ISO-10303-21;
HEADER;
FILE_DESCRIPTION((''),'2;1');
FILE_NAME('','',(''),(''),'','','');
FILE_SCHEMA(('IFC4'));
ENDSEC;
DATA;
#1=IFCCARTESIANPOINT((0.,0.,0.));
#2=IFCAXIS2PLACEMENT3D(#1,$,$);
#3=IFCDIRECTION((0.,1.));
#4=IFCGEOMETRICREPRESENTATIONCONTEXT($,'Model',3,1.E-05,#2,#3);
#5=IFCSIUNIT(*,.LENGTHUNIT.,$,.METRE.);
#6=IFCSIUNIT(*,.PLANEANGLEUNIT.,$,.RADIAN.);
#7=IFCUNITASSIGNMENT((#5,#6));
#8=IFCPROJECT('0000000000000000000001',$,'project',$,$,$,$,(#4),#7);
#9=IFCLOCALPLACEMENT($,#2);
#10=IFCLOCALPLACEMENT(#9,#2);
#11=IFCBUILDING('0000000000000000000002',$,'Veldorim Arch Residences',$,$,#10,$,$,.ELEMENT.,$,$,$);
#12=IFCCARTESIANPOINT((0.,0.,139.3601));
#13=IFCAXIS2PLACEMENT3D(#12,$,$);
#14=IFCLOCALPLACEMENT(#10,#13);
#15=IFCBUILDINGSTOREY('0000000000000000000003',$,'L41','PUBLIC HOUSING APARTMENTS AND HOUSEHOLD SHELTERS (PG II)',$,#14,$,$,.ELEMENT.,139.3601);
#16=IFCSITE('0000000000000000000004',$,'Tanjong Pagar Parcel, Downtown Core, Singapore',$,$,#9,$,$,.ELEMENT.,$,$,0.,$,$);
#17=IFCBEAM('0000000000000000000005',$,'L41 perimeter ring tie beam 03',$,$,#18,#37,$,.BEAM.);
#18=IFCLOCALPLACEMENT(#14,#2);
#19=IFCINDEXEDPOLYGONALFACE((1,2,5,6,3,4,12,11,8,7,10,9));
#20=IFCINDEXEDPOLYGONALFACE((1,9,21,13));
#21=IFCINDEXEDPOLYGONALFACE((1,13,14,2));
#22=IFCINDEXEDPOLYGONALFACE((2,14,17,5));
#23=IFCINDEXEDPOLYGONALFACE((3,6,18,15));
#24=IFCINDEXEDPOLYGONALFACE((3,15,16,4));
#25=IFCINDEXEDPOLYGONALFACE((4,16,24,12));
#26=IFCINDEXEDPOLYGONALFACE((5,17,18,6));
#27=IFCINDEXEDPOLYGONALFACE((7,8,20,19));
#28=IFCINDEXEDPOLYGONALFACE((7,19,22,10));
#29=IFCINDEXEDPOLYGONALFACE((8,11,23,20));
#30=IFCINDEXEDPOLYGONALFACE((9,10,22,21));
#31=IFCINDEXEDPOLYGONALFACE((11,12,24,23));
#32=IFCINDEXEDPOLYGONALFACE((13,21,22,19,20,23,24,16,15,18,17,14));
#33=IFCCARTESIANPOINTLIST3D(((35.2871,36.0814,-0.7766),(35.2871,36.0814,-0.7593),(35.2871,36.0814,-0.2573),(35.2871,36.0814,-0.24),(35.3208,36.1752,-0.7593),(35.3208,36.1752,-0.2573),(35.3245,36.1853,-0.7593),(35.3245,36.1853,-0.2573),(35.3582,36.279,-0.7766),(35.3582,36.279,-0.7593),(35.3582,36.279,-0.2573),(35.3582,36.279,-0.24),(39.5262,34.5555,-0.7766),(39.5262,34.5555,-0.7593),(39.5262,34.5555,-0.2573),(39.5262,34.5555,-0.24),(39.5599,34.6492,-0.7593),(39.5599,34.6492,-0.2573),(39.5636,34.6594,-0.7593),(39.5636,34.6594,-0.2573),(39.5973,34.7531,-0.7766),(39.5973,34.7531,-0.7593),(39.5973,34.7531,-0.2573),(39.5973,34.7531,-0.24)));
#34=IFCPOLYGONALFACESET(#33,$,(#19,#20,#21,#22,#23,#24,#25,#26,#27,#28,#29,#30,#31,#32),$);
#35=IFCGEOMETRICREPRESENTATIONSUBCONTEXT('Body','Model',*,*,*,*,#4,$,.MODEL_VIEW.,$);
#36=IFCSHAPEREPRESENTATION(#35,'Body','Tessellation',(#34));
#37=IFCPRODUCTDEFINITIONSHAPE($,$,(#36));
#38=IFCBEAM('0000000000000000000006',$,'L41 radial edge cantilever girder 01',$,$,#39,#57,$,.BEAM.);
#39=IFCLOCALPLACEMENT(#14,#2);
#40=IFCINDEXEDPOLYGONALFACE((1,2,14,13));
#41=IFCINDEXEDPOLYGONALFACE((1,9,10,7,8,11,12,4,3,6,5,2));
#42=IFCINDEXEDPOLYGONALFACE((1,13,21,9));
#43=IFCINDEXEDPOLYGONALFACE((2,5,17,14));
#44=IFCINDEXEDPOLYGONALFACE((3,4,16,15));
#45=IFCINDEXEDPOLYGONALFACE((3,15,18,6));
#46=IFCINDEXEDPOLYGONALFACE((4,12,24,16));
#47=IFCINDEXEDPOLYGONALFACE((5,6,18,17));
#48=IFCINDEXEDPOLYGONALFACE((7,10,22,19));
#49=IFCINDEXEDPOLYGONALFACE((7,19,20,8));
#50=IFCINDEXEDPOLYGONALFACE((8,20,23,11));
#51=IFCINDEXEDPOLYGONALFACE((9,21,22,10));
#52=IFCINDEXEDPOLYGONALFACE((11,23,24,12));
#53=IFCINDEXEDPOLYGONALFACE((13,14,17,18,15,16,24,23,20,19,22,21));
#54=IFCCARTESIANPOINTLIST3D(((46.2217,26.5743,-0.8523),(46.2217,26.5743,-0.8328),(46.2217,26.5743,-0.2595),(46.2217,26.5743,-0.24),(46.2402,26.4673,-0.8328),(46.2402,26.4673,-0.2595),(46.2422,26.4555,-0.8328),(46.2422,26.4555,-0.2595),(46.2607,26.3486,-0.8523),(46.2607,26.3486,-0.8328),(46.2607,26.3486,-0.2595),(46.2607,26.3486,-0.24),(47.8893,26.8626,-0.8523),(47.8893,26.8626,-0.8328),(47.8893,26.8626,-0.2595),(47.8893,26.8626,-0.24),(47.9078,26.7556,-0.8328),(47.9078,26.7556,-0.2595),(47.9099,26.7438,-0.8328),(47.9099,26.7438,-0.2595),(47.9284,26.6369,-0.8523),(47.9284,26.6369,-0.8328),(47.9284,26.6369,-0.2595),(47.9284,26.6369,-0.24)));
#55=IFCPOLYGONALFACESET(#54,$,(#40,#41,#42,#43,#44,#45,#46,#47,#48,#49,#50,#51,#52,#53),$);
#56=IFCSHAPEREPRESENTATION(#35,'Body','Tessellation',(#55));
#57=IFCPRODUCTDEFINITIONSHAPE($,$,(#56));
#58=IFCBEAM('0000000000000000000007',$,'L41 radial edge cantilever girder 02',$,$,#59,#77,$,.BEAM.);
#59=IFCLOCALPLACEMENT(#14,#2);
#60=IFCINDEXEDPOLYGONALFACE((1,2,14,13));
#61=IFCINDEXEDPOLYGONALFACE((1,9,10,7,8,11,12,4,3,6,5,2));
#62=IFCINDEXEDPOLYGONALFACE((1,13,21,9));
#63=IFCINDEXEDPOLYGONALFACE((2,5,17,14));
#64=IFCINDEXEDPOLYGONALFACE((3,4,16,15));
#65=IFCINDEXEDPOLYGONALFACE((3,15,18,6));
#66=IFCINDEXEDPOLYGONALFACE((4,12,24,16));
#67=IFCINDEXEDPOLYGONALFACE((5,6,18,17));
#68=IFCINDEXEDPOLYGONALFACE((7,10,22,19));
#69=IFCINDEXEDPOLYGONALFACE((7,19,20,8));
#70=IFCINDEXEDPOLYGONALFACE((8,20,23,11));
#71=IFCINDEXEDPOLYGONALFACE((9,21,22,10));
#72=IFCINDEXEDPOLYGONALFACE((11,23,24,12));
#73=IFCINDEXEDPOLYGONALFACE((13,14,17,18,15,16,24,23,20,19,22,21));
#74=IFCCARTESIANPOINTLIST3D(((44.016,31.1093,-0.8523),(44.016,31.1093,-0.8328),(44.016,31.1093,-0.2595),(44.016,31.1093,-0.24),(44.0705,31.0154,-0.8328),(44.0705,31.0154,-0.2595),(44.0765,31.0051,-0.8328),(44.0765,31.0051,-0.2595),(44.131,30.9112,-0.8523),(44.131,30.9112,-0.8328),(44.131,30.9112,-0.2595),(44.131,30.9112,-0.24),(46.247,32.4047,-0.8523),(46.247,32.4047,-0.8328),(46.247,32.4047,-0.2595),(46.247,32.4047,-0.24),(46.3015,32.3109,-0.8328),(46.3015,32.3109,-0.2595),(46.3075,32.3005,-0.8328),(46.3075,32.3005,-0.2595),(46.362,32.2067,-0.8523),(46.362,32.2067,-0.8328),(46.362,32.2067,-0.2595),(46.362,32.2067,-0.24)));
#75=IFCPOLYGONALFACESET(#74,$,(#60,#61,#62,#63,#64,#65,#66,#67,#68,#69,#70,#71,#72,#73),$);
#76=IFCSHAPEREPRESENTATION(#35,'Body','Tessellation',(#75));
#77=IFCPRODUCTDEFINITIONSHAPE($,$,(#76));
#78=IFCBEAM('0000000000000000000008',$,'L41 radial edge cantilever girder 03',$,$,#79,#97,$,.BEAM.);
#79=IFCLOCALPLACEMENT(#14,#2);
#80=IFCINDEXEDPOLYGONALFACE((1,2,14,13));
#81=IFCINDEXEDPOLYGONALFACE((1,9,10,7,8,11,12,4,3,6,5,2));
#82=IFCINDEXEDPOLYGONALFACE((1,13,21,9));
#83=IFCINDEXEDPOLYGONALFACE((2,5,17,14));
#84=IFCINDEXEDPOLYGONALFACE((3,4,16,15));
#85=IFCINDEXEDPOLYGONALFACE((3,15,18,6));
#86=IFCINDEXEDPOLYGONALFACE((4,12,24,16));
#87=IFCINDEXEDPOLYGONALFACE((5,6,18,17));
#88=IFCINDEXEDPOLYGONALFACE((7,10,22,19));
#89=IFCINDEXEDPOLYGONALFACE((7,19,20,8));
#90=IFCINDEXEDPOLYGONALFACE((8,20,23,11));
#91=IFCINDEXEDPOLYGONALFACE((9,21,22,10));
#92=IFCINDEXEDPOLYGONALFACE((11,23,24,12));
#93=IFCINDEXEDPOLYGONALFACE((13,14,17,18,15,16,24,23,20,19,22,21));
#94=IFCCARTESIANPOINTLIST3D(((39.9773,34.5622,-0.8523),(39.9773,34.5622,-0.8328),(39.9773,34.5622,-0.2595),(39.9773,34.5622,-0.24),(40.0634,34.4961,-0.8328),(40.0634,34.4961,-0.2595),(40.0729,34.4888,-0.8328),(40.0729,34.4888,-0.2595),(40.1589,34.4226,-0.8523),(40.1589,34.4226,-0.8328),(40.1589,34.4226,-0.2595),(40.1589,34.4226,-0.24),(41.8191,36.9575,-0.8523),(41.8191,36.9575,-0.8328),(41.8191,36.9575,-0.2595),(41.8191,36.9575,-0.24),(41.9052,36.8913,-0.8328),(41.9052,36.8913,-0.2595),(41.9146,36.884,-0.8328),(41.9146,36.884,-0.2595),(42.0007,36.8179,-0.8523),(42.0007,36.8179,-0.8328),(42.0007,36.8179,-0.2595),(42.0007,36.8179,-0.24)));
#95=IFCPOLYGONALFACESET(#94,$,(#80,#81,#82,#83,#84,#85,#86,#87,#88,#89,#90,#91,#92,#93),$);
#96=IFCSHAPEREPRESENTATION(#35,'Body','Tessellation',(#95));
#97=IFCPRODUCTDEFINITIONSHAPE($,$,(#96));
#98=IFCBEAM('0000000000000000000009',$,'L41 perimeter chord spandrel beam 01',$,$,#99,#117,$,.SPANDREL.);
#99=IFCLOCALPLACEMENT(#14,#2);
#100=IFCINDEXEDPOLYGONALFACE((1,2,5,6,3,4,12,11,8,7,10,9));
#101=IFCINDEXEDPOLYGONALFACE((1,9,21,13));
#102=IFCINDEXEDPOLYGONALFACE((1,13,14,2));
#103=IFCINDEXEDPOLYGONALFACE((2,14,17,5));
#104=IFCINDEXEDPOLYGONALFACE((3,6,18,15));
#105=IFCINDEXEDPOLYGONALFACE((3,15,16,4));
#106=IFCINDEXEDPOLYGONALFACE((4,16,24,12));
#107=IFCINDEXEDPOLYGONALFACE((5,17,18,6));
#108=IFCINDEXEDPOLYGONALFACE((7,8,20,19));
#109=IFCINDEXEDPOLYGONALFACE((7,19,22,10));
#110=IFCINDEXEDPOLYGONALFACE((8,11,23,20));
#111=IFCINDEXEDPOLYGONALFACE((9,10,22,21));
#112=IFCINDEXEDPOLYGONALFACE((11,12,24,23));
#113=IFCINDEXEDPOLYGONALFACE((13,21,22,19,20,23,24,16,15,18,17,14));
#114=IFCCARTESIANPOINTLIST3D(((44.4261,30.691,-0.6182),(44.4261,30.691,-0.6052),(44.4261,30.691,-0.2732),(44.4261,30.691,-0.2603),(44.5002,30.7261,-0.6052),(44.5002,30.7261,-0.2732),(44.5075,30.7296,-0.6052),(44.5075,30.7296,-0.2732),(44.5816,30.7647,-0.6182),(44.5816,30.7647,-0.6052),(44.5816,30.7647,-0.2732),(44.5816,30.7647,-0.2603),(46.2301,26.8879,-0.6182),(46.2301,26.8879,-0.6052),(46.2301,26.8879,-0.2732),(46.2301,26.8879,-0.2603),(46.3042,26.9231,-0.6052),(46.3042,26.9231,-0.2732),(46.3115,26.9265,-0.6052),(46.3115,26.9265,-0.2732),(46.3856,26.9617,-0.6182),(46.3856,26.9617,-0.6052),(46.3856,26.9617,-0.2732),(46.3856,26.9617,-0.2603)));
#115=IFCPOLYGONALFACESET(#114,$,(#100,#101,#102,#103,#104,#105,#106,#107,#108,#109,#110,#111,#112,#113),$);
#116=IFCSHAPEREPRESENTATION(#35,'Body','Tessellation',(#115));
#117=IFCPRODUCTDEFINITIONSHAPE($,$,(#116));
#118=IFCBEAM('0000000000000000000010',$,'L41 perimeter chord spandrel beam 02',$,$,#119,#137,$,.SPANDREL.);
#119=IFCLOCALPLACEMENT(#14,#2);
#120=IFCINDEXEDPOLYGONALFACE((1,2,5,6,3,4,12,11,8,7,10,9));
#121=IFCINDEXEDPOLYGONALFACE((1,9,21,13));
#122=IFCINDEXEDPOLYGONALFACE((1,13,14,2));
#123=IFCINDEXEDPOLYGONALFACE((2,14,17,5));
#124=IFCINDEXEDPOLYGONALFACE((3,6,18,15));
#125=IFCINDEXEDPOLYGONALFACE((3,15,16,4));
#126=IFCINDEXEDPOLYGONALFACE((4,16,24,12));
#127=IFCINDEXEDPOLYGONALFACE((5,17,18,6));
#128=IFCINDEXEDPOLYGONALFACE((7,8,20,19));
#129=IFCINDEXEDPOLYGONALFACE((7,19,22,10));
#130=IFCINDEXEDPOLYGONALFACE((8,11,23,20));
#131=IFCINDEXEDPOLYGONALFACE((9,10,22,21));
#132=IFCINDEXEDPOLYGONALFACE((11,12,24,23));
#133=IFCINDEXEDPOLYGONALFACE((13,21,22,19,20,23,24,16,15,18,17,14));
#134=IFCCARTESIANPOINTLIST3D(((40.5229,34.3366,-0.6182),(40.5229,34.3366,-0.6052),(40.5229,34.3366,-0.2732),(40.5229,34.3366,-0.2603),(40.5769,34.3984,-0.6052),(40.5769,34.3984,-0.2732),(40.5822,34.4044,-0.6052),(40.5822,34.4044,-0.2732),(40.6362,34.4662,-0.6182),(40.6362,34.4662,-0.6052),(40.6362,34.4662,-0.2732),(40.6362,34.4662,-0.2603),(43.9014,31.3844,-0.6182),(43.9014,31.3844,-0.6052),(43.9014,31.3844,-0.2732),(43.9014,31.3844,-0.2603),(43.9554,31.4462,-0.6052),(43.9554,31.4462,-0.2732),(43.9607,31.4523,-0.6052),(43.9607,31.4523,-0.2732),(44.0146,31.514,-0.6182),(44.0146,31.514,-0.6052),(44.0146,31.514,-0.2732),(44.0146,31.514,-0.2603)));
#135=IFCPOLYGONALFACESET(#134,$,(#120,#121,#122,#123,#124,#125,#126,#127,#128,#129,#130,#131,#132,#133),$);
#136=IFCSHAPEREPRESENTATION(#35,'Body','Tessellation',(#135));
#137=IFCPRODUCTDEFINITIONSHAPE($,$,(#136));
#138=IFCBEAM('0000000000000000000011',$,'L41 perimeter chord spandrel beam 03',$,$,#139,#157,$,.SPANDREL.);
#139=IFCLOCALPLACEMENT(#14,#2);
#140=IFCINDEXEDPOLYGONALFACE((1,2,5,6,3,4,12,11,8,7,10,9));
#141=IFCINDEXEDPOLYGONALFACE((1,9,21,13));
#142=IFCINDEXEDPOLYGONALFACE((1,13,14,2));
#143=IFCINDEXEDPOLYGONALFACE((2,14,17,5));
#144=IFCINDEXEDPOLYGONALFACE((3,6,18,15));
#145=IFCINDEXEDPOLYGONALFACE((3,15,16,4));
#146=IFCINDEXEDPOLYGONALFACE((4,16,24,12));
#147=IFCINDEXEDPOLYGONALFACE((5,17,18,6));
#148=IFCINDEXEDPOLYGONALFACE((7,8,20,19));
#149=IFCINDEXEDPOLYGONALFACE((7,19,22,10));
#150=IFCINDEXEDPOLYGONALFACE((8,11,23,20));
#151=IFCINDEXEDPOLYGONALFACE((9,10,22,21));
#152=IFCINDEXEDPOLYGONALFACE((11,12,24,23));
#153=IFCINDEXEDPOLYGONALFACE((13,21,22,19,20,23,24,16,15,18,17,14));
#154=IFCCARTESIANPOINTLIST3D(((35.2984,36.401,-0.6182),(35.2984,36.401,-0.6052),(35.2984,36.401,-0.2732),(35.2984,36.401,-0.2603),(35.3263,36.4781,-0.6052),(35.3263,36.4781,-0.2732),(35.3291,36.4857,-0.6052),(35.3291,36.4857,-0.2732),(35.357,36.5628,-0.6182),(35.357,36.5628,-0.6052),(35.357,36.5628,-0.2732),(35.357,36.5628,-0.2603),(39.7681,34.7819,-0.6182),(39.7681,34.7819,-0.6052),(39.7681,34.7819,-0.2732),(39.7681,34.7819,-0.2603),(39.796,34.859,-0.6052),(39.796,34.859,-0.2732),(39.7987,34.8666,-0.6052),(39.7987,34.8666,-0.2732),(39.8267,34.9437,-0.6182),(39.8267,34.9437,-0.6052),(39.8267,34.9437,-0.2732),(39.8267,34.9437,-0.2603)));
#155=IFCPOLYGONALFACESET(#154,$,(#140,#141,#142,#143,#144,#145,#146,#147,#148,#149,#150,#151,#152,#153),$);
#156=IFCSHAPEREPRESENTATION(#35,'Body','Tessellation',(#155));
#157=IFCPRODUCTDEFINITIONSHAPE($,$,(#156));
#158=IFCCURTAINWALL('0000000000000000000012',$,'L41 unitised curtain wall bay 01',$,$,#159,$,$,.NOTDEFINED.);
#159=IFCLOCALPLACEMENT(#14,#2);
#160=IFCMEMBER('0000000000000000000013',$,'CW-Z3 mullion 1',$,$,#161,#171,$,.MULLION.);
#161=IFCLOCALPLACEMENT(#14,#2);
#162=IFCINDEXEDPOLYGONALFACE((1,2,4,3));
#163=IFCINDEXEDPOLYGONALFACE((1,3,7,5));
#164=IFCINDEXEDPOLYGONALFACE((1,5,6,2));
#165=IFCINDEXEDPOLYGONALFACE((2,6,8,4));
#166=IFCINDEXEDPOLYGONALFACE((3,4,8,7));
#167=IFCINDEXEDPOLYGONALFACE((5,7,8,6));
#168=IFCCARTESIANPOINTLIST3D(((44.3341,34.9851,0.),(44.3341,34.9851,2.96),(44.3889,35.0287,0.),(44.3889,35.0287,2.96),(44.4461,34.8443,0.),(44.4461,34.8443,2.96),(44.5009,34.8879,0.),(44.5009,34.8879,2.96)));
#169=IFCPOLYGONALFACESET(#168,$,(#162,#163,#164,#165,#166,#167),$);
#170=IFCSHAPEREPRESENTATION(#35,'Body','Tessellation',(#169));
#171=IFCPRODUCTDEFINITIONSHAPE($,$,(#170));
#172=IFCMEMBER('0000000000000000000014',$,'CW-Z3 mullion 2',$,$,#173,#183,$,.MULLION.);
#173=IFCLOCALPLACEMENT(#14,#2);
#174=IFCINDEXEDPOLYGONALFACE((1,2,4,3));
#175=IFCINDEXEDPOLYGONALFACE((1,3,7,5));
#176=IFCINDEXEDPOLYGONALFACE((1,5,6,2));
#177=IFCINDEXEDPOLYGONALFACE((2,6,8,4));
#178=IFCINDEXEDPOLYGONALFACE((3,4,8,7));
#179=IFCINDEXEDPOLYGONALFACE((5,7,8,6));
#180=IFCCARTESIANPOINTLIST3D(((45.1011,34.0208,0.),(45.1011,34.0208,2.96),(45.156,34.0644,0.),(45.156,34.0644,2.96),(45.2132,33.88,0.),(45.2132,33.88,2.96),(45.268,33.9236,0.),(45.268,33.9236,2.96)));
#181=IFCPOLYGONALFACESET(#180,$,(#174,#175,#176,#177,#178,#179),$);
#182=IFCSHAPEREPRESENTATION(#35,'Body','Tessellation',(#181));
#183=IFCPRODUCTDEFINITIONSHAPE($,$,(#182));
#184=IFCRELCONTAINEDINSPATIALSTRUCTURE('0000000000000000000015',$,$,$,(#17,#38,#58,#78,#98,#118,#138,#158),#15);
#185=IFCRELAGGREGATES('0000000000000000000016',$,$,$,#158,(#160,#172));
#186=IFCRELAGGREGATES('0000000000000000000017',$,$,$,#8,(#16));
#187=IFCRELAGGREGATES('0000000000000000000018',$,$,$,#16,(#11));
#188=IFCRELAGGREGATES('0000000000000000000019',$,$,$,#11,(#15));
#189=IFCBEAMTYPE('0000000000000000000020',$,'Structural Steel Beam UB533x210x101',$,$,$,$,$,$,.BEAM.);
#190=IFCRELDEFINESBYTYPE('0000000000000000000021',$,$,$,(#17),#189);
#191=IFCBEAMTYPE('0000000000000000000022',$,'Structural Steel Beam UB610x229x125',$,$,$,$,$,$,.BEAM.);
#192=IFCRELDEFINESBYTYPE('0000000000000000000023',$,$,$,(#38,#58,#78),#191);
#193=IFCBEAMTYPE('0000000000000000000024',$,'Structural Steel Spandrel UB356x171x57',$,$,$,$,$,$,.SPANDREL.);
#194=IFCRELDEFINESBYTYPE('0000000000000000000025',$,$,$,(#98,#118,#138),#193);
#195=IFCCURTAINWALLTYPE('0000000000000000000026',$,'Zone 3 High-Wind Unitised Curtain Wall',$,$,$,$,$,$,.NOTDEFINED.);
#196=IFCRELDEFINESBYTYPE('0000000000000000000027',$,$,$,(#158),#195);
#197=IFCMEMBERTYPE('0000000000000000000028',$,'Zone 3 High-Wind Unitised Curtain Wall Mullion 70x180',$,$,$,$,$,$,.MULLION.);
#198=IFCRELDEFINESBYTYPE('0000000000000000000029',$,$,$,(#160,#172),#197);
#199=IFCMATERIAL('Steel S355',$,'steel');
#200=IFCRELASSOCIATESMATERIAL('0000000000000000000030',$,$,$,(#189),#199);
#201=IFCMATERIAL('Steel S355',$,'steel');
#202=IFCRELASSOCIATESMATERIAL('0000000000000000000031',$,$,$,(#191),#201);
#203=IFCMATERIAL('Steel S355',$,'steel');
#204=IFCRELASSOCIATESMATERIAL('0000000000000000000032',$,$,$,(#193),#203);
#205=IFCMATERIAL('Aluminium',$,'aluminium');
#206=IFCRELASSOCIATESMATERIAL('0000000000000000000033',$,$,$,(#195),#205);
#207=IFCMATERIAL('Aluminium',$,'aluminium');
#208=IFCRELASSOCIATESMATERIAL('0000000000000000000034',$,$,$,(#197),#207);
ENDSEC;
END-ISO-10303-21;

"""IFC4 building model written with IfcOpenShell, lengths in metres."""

from ifc_helpers import new_model, si_unit, direction, frame, origin, origin_2d, place, context, subcontext, project, spatial, rectangle, i_section, extrude, material, material_profile, profile_set, type_object, element, aggregate, save


model = new_model("IFC4")

# Units and contexts
model_context = context("Model", 3, precision=1e-05, world=origin(), true_north=direction((0.0, 1.0)))
body_context = subcontext(model_context, "Body", "Model", "MODEL_VIEW")
ifc_project = project(units=[si_unit("LENGTHUNIT", "METRE"), si_unit("PLANEANGLEUNIT", "RADIAN")], contexts=[model_context])

# Site, building, storey
site_placement = place(None, origin())
site = spatial("IfcSite", under=ifc_project, at=site_placement, Name="Tanjong Pagar Parcel, Downtown Core, Singapore", CompositionType="ELEMENT", RefElevation=0.0)
building_placement = place(site_placement, origin())
building = spatial("IfcBuilding", under=site, at=building_placement, Name="Veldorim Arch Residences", CompositionType="ELEMENT")
storey_placement = place(building_placement, frame((0.0, 0.0, 139.3601)))
storey = spatial("IfcBuildingStorey", under=building, at=storey_placement, Name="L41", Description="PUBLIC HOUSING APARTMENTS AND HOUSEHOLD SHELTERS (PG II)", CompositionType="ELEMENT", Elevation=139.3601)

# Beams
ifc_material_1 = material(Name="Steel S355", Category="steel")
ifc_material_profile_1 = material_profile(ifc_material_1, i_section(OverallWidth=0.21, OverallDepth=0.5366, WebThickness=0.0107, FlangeThickness=0.0173, at=origin_2d()), Name="UB533x210x101")
ifc_profile_set_1 = profile_set([ifc_material_profile_1], Name="Steel S355")
beam_type_1 = type_object("IfcBeamType", Name="Structural Steel Beam UB533x210x101", PredefinedType="BEAM", material=ifc_profile_set_1)
beam_1_placement = place(storey_placement, frame((39.5618, 34.6543, -0.5083), z_axis=(-0.940899, 0.338687, 0.0), x_axis=(-0.338687, -0.940899, 0.0)))
element("IfcBeam", 1, at=beam_1_placement, inside=storey, type_object=beam_type_1, Name="L41 perimeter ring tie beam 03", PredefinedType="BEAM", context=body_context, shape_type="SweptSolid", body=[
    extrude(i_section(OverallWidth=0.21, OverallDepth=0.5366, WebThickness=0.0107, FlangeThickness=0.0173, at=origin_2d()), origin(), (0.0, 0.0, 1.0), 4.5054),
])
ifc_material_2 = material(Name="Steel S355", Category="steel")
ifc_material_profile_2 = material_profile(ifc_material_2, i_section(OverallWidth=0.229, OverallDepth=0.6123, WebThickness=0.012, FlangeThickness=0.0195, at=origin_2d()), Name="UB610x229x125")
ifc_profile_set_2 = profile_set([ifc_material_profile_2], Name="Steel S355")
beam_type_2 = type_object("IfcBeamType", Name="Structural Steel Beam UB610x229x125", PredefinedType="BEAM", material=ifc_profile_set_2)
beam_2_placement = place(storey_placement, frame((46.2412, 26.4614, -0.5461), z_axis=(0.985382, 0.170361, 0.0), x_axis=(-0.170361, 0.985382, 0.0)))
element("IfcBeam", 2, at=beam_2_placement, inside=storey, type_object=beam_type_2, Name="L41 radial edge cantilever girder 01", PredefinedType="BEAM", context=body_context, shape_type="SweptSolid", body=[
    extrude(i_section(OverallWidth=0.229, OverallDepth=0.6123, WebThickness=0.012, FlangeThickness=0.0195, at=origin_2d()), origin(), (0.0, 0.0, 1.0), 1.6924),
])
beam_3_placement = place(storey_placement, frame((44.0735, 31.0103, -0.5461), z_axis=(0.864786, 0.50214, 0.0), x_axis=(-0.50214, 0.864786, 0.0)))
element("IfcBeam", 3, at=beam_3_placement, inside=storey, type_object=beam_type_2, Name="L41 radial edge cantilever girder 02", PredefinedType="BEAM", context=body_context, shape_type="SweptSolid", body=[
    extrude(i_section(OverallWidth=0.229, OverallDepth=0.6123, WebThickness=0.012, FlangeThickness=0.0195, at=origin_2d()), origin(), (0.0, 0.0, 1.0), 2.5798),
])
beam_4_placement = place(storey_placement, frame((40.0681, 34.4924, -0.5461), z_axis=(0.609562, 0.792738, 0.0), x_axis=(-0.792738, 0.609562, 0.0)))
element("IfcBeam", 4, at=beam_4_placement, inside=storey, type_object=beam_type_2, Name="L41 radial edge cantilever girder 03", PredefinedType="BEAM", context=body_context, shape_type="SweptSolid", body=[
    extrude(i_section(OverallWidth=0.229, OverallDepth=0.6123, WebThickness=0.012, FlangeThickness=0.0195, at=origin_2d()), origin(), (0.0, 0.0, 1.0), 3.0215),
])
ifc_material_3 = material(Name="Steel S355", Category="steel")
ifc_material_profile_3 = material_profile(ifc_material_3, i_section(OverallWidth=0.1721, OverallDepth=0.3579, WebThickness=0.0081, FlangeThickness=0.0129, at=origin_2d()), Name="UB356x171x57")
ifc_profile_set_3 = profile_set([ifc_material_profile_3], Name="Steel S355")
beam_type_3 = type_object("IfcBeamType", Name="Structural Steel Spandrel UB356x171x57", PredefinedType="SPANDREL", material=ifc_profile_set_3)
beam_5_placement = place(storey_placement, frame((46.3079, 26.9248, -0.4392), z_axis=(-0.42858, 0.903504, 0.0), x_axis=(-0.903504, -0.42858, 0.0)))
element("IfcBeam", 5, at=beam_5_placement, inside=storey, type_object=beam_type_3, Name="L41 perimeter chord spandrel beam 01", PredefinedType="SPANDREL", context=body_context, shape_type="SweptSolid", body=[
    extrude(i_section(OverallWidth=0.1721, OverallDepth=0.3579, WebThickness=0.0081, FlangeThickness=0.0129, at=origin_2d()), origin(), (0.0, 0.0, 1.0), 4.2092),
])
beam_6_placement = place(storey_placement, frame((43.958, 31.4492, -0.4392), z_axis=(-0.753015, 0.658004, 0.0), x_axis=(-0.658004, -0.753015, 0.0)))
element("IfcBeam", 6, at=beam_6_placement, inside=storey, type_object=beam_type_3, Name="L41 perimeter chord spandrel beam 02", PredefinedType="SPANDREL", context=body_context, shape_type="SweptSolid", body=[
    extrude(i_section(OverallWidth=0.1721, OverallDepth=0.3579, WebThickness=0.0081, FlangeThickness=0.0129, at=origin_2d()), origin(), (0.0, 0.0, 1.0), 4.4866),
])
beam_7_placement = place(storey_placement, frame((39.7974, 34.8628, -0.4392), z_axis=(-0.940213, 0.340588, 0.0), x_axis=(-0.340588, -0.940213, 0.0)))
element("IfcBeam", 7, at=beam_7_placement, inside=storey, type_object=beam_type_3, Name="L41 perimeter chord spandrel beam 03", PredefinedType="SPANDREL", context=body_context, shape_type="SweptSolid", body=[
    extrude(i_section(OverallWidth=0.1721, OverallDepth=0.3579, WebThickness=0.0081, FlangeThickness=0.0129, at=origin_2d()), origin(), (0.0, 0.0, 1.0), 4.7539),
])

# Curtain wall, members
ifc_material_4 = material(Name="Aluminium", Category="aluminium")
curtain_wall_type = type_object("IfcCurtainWallType", Name="Zone 3 High-Wind Unitised Curtain Wall", PredefinedType="NOTDEFINED", material=ifc_material_4)
curtain_wall_1_placement = place(storey_placement, origin())
curtain_wall_1 = element("IfcCurtainWall", 8, at=curtain_wall_1_placement, inside=storey, type_object=curtain_wall_type, Name="L41 unitised curtain wall bay 01", PredefinedType="NOTDEFINED")
ifc_material_5 = material(Name="Aluminium", Category="aluminium")
ifc_material_profile_4 = material_profile(ifc_material_5, rectangle(XDim=0.0701, YDim=0.1799, at=origin_2d()), Name="ALU_MUL_70x180")
ifc_profile_set_4 = profile_set([ifc_material_profile_4], Name="Aluminium")
member_type_1 = type_object("IfcMemberType", Name="Zone 3 High-Wind Unitised Curtain Wall Mullion 70x180", PredefinedType="MULLION", material=ifc_profile_set_4)
member_1_placement = place(storey_placement, frame((44.4175, 34.9365, 0.0), z_axis=(0.0, 0.0, 1.0), x_axis=(0.782556, 0.62258, 0.0)))
member_1 = element("IfcMember", 9, at=member_1_placement, type_object=member_type_1, Name="CW-Z3 mullion 1", PredefinedType="MULLION", context=body_context, shape_type="SweptSolid", body=[
    extrude(rectangle(XDim=0.0701, YDim=0.1799, at=origin_2d()), origin(), (0.0, 0.0, 1.0), 2.96),
])
member_2_placement = place(storey_placement, frame((45.1846, 33.9722, 0.0), z_axis=(0.0, 0.0, 1.0), x_axis=(0.782556, 0.62258, 0.0)))
member_2 = element("IfcMember", 10, at=member_2_placement, type_object=member_type_1, Name="CW-Z3 mullion 2", PredefinedType="MULLION", context=body_context, shape_type="SweptSolid", body=[
    extrude(rectangle(XDim=0.0701, YDim=0.1799, at=origin_2d()), origin(), (0.0, 0.0, 1.0), 2.96),
])

aggregate(curtain_wall_1, [member_1, member_2])

save(model, "model.ifc")
